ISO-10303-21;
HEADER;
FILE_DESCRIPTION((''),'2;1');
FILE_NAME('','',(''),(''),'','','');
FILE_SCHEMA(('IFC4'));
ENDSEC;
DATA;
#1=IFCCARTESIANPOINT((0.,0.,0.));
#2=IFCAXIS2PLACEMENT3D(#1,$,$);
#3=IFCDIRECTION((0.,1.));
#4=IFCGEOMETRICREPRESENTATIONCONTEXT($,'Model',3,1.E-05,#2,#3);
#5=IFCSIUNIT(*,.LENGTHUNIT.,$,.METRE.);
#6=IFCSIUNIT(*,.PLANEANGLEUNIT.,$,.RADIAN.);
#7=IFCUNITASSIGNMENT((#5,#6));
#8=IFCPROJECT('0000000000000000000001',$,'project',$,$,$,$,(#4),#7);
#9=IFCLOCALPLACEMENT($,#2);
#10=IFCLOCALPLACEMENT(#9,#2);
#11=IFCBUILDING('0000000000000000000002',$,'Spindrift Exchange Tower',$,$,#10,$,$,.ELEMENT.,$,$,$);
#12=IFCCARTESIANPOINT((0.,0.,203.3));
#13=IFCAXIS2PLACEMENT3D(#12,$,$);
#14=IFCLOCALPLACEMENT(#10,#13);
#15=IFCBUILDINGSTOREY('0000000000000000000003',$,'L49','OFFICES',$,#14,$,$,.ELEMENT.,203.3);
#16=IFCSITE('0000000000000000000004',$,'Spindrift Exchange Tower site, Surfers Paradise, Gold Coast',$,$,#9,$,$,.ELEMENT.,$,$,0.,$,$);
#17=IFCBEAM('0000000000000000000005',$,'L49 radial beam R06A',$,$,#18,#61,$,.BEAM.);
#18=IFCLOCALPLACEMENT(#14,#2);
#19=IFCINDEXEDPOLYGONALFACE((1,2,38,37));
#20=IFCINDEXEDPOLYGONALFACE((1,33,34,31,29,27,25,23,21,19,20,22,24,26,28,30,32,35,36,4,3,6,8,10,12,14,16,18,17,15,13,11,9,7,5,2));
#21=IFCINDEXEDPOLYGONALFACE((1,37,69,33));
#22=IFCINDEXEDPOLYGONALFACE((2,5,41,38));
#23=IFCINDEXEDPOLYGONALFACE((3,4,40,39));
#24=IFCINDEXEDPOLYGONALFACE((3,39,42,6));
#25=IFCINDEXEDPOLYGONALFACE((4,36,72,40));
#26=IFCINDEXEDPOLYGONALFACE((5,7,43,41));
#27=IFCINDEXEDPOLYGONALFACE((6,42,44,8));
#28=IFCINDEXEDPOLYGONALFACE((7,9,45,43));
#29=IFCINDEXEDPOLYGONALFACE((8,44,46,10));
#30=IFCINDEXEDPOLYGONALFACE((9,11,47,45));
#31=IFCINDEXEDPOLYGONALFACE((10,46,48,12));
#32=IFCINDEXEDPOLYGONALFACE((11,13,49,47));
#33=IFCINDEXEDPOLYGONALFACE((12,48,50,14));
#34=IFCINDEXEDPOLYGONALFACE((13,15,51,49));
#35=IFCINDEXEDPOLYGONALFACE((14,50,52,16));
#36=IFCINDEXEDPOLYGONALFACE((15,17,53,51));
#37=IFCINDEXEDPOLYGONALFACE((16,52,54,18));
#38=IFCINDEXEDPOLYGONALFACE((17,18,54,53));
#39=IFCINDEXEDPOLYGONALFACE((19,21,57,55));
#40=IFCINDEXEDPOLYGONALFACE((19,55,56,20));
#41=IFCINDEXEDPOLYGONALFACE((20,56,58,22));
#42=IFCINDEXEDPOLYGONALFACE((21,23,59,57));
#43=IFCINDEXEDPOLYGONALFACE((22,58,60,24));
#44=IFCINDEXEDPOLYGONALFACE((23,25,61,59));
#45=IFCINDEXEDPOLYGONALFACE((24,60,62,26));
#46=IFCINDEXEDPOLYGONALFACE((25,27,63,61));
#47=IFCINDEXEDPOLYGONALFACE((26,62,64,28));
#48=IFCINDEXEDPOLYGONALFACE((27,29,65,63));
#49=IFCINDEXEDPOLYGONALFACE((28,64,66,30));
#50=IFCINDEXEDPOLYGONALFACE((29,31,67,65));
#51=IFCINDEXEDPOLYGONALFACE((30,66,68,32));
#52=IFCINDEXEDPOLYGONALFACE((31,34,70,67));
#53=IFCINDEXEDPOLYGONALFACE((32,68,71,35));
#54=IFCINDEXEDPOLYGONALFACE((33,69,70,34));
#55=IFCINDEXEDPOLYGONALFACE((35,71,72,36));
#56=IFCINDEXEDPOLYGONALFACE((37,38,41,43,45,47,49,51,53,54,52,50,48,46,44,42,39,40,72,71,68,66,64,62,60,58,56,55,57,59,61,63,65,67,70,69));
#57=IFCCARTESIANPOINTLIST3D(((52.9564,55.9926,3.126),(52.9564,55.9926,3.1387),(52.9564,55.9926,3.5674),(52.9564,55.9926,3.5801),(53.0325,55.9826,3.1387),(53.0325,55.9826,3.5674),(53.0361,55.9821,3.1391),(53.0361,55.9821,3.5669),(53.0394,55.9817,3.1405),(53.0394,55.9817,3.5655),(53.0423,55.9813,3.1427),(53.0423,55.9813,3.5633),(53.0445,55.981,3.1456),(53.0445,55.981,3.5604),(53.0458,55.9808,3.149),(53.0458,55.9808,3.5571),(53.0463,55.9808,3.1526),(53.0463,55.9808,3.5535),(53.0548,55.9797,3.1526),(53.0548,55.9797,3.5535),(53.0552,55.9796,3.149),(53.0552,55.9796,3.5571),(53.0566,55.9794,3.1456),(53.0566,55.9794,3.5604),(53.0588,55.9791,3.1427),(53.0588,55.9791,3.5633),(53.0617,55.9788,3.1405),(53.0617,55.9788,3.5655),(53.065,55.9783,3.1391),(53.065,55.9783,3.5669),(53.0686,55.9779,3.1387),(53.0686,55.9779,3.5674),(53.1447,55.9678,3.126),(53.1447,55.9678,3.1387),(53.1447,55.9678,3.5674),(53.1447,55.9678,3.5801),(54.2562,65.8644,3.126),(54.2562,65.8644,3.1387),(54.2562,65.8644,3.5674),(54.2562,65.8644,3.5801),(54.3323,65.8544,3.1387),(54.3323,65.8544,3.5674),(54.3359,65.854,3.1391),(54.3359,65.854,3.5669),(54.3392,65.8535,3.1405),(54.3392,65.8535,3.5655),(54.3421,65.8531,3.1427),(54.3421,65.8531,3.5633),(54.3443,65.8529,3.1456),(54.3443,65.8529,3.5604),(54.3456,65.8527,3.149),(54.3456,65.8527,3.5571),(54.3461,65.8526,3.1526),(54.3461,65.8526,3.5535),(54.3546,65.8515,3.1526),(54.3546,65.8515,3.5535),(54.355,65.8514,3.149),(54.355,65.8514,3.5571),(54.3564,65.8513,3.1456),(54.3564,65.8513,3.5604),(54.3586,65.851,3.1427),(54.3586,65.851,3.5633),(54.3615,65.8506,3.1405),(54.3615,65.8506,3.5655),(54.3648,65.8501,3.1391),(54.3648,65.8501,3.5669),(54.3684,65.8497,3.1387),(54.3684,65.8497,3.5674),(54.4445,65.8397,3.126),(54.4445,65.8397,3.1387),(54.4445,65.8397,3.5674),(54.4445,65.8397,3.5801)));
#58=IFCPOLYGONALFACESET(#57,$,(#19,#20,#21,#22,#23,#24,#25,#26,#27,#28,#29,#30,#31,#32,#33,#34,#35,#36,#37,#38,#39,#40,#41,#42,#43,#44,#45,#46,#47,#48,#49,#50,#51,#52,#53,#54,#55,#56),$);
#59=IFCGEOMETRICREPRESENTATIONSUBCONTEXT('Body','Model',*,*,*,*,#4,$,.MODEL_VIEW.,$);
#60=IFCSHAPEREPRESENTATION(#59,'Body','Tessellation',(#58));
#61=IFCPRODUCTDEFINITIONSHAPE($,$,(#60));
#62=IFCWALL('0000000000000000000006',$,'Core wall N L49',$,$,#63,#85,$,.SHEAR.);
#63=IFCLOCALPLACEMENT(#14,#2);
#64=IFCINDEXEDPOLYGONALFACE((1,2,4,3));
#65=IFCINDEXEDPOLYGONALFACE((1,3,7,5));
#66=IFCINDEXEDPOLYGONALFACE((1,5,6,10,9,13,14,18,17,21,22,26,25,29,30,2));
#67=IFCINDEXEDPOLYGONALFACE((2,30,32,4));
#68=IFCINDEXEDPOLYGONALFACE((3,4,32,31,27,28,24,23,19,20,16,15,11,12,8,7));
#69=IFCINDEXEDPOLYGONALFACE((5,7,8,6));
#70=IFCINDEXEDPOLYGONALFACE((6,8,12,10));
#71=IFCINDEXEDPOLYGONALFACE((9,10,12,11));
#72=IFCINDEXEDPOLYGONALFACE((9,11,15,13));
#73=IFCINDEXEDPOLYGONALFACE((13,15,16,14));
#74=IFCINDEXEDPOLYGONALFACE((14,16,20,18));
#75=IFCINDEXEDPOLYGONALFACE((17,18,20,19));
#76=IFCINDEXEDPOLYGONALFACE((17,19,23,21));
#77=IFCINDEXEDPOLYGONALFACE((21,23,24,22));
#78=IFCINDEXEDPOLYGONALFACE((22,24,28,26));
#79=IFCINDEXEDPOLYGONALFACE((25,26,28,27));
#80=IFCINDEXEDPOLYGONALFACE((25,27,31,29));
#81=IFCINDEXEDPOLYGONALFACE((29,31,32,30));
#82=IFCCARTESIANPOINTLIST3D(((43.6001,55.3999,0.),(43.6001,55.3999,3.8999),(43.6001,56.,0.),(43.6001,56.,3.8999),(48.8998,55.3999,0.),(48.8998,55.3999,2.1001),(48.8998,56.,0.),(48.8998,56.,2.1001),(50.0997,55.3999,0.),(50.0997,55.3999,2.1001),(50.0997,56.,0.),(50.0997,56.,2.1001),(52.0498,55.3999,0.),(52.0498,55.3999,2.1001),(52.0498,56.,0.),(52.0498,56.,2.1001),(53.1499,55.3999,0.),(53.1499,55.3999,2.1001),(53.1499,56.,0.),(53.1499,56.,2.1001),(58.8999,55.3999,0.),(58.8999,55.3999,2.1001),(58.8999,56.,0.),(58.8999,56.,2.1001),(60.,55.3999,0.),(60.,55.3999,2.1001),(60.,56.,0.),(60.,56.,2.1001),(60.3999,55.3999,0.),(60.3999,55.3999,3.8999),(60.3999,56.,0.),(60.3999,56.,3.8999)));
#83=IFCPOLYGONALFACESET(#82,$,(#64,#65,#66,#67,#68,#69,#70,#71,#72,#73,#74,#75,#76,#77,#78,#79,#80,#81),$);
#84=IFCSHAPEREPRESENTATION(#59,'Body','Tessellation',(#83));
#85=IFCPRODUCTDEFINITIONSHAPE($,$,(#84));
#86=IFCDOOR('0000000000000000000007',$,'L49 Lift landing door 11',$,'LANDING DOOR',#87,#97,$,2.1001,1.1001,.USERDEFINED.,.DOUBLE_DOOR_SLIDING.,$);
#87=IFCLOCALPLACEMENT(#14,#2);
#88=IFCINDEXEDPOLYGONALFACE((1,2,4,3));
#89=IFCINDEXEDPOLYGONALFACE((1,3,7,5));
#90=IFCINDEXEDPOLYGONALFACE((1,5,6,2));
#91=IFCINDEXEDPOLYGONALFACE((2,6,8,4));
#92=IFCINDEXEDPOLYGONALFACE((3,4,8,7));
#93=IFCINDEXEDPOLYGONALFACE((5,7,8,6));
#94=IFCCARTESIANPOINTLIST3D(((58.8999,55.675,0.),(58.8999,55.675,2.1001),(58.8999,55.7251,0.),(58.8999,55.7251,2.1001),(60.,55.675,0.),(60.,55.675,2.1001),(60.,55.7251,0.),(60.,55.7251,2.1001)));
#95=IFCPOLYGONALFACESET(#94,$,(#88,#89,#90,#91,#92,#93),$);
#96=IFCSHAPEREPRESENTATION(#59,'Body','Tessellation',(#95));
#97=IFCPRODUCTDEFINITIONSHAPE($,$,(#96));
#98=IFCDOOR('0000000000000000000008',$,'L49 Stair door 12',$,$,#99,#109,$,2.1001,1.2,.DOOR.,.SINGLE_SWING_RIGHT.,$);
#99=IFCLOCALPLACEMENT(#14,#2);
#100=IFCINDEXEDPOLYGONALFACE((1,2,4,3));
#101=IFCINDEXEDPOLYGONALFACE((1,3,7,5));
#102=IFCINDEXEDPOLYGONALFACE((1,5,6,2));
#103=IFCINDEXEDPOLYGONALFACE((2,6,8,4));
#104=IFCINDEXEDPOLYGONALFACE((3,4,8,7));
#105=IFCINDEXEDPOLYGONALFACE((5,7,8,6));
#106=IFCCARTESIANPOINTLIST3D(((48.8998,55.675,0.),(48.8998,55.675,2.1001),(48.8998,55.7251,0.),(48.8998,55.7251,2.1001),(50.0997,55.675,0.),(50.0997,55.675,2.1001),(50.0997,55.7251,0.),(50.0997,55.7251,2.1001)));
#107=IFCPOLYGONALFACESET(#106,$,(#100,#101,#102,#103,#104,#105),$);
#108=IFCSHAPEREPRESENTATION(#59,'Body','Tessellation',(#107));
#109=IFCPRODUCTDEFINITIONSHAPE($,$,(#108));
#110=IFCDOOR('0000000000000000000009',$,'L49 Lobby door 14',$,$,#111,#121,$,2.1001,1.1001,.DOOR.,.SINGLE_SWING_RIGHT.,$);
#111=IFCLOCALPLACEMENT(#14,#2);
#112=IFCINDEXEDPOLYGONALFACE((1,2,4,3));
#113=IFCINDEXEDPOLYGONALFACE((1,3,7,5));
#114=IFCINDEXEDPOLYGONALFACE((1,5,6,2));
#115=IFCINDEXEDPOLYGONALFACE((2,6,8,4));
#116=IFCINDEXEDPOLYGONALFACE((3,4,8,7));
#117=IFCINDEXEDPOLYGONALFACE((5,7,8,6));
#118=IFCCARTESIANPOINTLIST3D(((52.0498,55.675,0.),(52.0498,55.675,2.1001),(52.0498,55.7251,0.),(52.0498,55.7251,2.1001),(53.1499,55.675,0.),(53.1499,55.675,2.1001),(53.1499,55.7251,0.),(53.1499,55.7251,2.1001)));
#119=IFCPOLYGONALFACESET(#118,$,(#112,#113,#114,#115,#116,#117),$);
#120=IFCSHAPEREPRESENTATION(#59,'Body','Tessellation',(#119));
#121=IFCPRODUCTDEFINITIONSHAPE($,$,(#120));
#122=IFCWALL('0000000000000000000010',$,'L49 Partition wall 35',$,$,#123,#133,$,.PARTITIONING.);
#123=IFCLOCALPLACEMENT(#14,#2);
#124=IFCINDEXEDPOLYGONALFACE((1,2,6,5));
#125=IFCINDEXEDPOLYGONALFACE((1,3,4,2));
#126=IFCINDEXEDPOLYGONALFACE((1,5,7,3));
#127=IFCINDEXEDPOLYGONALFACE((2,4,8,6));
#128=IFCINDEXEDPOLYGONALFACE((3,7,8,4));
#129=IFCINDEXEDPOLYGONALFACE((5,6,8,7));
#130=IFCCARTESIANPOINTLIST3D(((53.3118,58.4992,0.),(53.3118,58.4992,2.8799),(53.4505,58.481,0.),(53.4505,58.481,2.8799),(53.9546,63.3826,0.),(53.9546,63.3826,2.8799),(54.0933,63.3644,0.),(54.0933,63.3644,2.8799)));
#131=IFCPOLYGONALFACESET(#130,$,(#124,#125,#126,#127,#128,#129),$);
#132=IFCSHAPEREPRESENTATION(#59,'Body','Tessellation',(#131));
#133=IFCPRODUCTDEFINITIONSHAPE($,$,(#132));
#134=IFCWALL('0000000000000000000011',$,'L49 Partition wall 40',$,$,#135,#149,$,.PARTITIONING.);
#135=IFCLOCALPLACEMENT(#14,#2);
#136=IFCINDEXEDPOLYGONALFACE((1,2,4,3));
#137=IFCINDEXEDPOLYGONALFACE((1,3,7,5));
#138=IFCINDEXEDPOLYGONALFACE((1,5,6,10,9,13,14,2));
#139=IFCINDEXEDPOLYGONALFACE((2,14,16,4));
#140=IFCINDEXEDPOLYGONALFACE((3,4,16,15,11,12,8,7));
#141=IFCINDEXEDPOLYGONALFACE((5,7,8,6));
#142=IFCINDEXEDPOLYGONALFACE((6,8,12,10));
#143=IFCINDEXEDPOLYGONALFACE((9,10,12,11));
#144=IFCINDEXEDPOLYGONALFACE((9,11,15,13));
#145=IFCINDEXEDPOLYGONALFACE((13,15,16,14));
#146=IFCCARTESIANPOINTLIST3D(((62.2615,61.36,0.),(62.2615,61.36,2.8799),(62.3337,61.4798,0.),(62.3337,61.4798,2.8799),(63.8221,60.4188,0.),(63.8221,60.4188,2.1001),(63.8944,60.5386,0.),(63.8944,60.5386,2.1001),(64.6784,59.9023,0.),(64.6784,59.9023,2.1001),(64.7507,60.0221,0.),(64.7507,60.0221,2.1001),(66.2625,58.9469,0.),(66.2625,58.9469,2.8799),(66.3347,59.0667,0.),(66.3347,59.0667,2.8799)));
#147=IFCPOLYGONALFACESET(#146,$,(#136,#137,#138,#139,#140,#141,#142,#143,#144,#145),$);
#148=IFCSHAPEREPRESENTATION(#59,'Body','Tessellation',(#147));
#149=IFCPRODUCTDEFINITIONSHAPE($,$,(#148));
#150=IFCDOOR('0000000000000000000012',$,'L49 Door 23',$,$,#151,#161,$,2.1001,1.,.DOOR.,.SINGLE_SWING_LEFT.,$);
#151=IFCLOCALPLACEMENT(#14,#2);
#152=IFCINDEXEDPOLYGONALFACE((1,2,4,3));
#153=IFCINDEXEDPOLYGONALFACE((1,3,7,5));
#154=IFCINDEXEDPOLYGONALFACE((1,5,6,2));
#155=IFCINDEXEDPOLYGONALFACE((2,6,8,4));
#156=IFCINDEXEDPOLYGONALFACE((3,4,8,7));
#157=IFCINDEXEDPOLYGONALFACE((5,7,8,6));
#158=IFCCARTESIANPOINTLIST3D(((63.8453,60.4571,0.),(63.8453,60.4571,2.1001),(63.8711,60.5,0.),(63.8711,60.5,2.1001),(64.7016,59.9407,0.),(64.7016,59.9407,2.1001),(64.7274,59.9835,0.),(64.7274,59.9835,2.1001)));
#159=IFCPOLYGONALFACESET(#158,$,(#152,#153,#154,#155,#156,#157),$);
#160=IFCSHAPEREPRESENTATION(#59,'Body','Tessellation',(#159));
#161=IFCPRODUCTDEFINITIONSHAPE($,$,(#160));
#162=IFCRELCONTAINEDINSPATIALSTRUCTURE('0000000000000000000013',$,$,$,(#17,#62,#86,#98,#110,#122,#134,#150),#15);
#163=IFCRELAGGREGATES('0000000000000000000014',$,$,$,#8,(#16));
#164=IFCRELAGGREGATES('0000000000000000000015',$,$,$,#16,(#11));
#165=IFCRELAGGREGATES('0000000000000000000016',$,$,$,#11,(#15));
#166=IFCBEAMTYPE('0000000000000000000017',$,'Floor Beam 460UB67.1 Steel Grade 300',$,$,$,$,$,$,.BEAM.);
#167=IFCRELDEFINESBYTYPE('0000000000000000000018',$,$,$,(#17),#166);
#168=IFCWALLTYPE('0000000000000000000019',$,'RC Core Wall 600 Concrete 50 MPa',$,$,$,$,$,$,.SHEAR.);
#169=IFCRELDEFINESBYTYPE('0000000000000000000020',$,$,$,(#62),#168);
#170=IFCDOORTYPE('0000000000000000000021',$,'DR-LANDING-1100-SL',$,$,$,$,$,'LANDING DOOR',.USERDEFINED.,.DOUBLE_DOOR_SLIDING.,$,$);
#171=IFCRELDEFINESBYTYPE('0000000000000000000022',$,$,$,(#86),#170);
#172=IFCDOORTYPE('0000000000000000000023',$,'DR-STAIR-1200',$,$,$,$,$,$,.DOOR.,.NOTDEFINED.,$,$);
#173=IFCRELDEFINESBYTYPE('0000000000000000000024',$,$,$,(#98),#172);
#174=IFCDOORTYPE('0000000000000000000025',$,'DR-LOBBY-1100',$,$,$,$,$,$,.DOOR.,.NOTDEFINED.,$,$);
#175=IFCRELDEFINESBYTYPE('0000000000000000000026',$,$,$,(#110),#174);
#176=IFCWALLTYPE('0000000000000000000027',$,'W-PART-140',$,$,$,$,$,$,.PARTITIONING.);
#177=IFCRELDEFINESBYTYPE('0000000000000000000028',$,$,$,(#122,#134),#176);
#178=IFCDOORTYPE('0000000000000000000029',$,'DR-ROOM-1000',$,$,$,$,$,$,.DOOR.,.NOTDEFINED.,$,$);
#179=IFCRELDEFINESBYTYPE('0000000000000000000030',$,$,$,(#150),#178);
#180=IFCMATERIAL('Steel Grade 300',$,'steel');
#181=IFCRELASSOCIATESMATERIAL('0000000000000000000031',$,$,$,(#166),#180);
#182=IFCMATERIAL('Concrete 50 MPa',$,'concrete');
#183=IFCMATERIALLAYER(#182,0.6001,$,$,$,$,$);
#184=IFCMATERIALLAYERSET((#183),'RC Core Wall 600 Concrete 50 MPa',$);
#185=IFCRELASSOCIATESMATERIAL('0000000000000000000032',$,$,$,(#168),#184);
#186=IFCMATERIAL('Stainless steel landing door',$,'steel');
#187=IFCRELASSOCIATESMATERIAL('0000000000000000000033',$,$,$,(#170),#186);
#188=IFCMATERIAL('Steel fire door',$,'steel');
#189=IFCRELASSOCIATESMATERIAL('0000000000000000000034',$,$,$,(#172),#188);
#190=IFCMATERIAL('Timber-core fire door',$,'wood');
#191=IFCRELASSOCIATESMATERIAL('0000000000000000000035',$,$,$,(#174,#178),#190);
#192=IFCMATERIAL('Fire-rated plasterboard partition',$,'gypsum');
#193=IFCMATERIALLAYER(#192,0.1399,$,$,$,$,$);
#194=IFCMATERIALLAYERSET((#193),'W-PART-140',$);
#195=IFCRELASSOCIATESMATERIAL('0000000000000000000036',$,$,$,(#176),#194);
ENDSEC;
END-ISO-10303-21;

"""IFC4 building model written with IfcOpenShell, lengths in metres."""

from ifc_helpers import new_model, si_unit, direction, frame, frame_2d, origin, origin_2d, place, context, subcontext, project, spatial, rectangle, i_section, extrude, source, transform, mapped, material, layer, layer_set, material_profile, profile_set, type_object, element, fill, save


model = new_model("IFC4")

# Units and contexts
model_context = context("Model", 3, precision=1e-05, world=origin(), true_north=direction((0.0, 1.0)))
body_context = subcontext(model_context, "Body", "Model", "MODEL_VIEW")
ifc_project = project(units=[si_unit("LENGTHUNIT", "METRE"), si_unit("PLANEANGLEUNIT", "RADIAN")], contexts=[model_context])

# Site, building, storey
site_placement = place(None, origin())
site = spatial("IfcSite", under=ifc_project, at=site_placement, Name="Spindrift Exchange Tower site, Surfers Paradise, Gold Coast", CompositionType="ELEMENT", RefElevation=0.0)
building_placement = place(site_placement, origin())
building = spatial("IfcBuilding", under=site, at=building_placement, Name="Spindrift Exchange Tower", CompositionType="ELEMENT")
storey_placement = place(building_placement, frame((0.0, 0.0, 203.3)))
storey = spatial("IfcBuildingStorey", under=building, at=storey_placement, Name="L49", Description="OFFICES", CompositionType="ELEMENT", Elevation=203.3)

# Beam
ifc_material_1 = material(Name="Steel Grade 300", Category="steel")
ifc_material_profile_1 = material_profile(ifc_material_1, i_section(OverallWidth=0.1899, OverallDepth=0.4541, WebThickness=0.0085, FlangeThickness=0.0127, FilletRadius=0.0139, at=origin_2d()), Name="460UB67.1")
ifc_profile_set_1 = profile_set([ifc_material_profile_1], Name="Steel Grade 300")
beam_type_1 = type_object("IfcBeamType", Name="Floor Beam 460UB67.1 Steel Grade 300", PredefinedType="BEAM", material=ifc_profile_set_1)
shared_shape_1 = source(origin(), body_context, "Body", "SweptSolid", [
    extrude(i_section(OverallWidth=0.1899, OverallDepth=0.4541, WebThickness=0.0085, FlangeThickness=0.0127, FilletRadius=0.0139, at=origin_2d()), origin(), (0.0, 0.0, 1.0), 9.957),
])
beam_1_placement = place(storey_placement, frame((53.0505, 55.9802, 3.353), z_axis=(0.130541, 0.991443, 0.0), x_axis=(-0.991443, 0.130541, 0.0)))
element("IfcBeam", 1, at=beam_1_placement, inside=storey, type_object=beam_type_1, Name="L49 radial beam R06A", PredefinedType="BEAM", context=body_context, shape_type="MappedRepresentation", body=[
    mapped(shared_shape_1, transform((0.0, 0.0, 0.0), scale=1.0)),
])

# Wall, openings, doors
ifc_material_2 = material(Name="Concrete 50 MPa", Category="concrete")
ifc_layer_1 = layer(ifc_material_2, 0.6001)
ifc_layer_set_1 = layer_set([ifc_layer_1], Name="RC Core Wall 600 Concrete 50 MPa")
wall_type_1 = type_object("IfcWallType", Name="RC Core Wall 600 Concrete 50 MPa", PredefinedType="SHEAR", material=ifc_layer_set_1)
wall_1_placement = place(storey_placement, frame((60.3999, 55.7, 0.0), z_axis=(0.0, 0.0, 1.0), x_axis=(-1.0, 0.0, 0.0)))
wall_1 = element("IfcWall", 2, at=wall_1_placement, inside=storey, type_object=wall_type_1, Name="Core wall N L49", PredefinedType="SHEAR", context=body_context, shape_type="SweptSolid", body=[
    extrude(rectangle(XDim=16.7998, YDim=0.6001, at=frame_2d((8.3999, 0.0))), origin(), (0.0, 0.0, 1.0), 3.8999),
])
opening_1_placement = place(wall_1_placement, frame((0.3999, 0.0, 0.0)))
opening_1 = element("IfcOpeningElement", 3, at=opening_1_placement, cuts=wall_1, PredefinedType="OPENING", context=body_context, shape_type="SweptSolid", body=[
    extrude(rectangle(XDim=1.1001, YDim=2.1001, at=frame_2d((0.55, 1.05))), frame((0.0, 0.3101, 0.0), z_axis=(0.0, -1.0, 0.0), x_axis=(1.0, 0.0, 0.0)), (0.0, 0.0, 1.0), 0.6201),
])
opening_2_placement = place(wall_1_placement, frame((10.3, 0.0, 0.0)))
opening_2 = element("IfcOpeningElement", 4, at=opening_2_placement, cuts=wall_1, PredefinedType="OPENING", context=body_context, shape_type="SweptSolid", body=[
    extrude(rectangle(XDim=1.2, YDim=2.1001, at=frame_2d((0.6001, 1.05))), frame((0.0, 0.3101, 0.0), z_axis=(0.0, -1.0, 0.0), x_axis=(1.0, 0.0, 0.0)), (0.0, 0.0, 1.0), 0.6201),
])
opening_3_placement = place(wall_1_placement, frame((7.25, 0.0, 0.0)))
opening_3 = element("IfcOpeningElement", 5, at=opening_3_placement, cuts=wall_1, PredefinedType="OPENING", context=body_context, shape_type="SweptSolid", body=[
    extrude(rectangle(XDim=1.1001, YDim=2.1001, at=frame_2d((0.55, 1.05))), frame((0.0, 0.3101, 0.0), z_axis=(0.0, -1.0, 0.0), x_axis=(1.0, 0.0, 0.0)), (0.0, 0.0, 1.0), 0.6201),
])
ifc_material_3 = material(Name="Stainless steel landing door", Category="steel")
door_type_1 = type_object("IfcDoorType", Name="DR-LANDING-1100-SL", ElementType="LANDING DOOR", OperationType="DOUBLE_DOOR_SLIDING", PredefinedType="USERDEFINED", material=ifc_material_3)
shared_shape_2 = source(origin(), body_context, "Body", "SweptSolid", [
    extrude(rectangle(XDim=1.1001, YDim=2.1001, at=frame_2d((0.55, 1.05))), frame((0.0, 0.0249, 0.0), z_axis=(0.0, -1.0, 0.0), x_axis=(1.0, 0.0, 0.0)), (0.0, 0.0, 1.0), 0.05),
])
door_1_placement = place(opening_1_placement, origin())
door_1 = element("IfcDoor", 6, at=door_1_placement, inside=storey, type_object=door_type_1, Name="L49 Lift landing door 11", ObjectType="LANDING DOOR", OperationType="DOUBLE_DOOR_SLIDING", OverallHeight=2.1001, OverallWidth=1.1001, PredefinedType="USERDEFINED", context=body_context, shape_type="MappedRepresentation", body=[
    mapped(shared_shape_2, transform((0.0, 0.0, 0.0), scale=1.0)),
])
fill(opening_1, door_1)
ifc_material_4 = material(Name="Steel fire door", Category="steel")
door_type_2 = type_object("IfcDoorType", Name="DR-STAIR-1200", OperationType="NOTDEFINED", PredefinedType="DOOR", material=ifc_material_4)
shared_shape_3 = source(origin(), body_context, "Body", "SweptSolid", [
    extrude(rectangle(XDim=1.2, YDim=2.1001, at=frame_2d((0.6001, 1.05))), frame((0.0, 0.0249, 0.0), z_axis=(0.0, -1.0, 0.0), x_axis=(1.0, 0.0, 0.0)), (0.0, 0.0, 1.0), 0.05),
])
door_2_placement = place(opening_2_placement, origin())
door_2 = element("IfcDoor", 7, at=door_2_placement, inside=storey, type_object=door_type_2, Name="L49 Stair door 12", OperationType="SINGLE_SWING_RIGHT", OverallHeight=2.1001, OverallWidth=1.2, PredefinedType="DOOR", context=body_context, shape_type="MappedRepresentation", body=[
    mapped(shared_shape_3, transform((0.0, 0.0, 0.0), scale=1.0)),
])
fill(opening_2, door_2)
ifc_material_5 = material(Name="Timber-core fire door", Category="wood")
door_type_3 = type_object("IfcDoorType", Name="DR-LOBBY-1100", OperationType="NOTDEFINED", PredefinedType="DOOR", material=ifc_material_5)
shared_shape_4 = source(origin(), body_context, "Body", "SweptSolid", [
    extrude(rectangle(XDim=1.1001, YDim=2.1001, at=frame_2d((0.55, 1.05))), frame((0.0, 0.0249, 0.0), z_axis=(0.0, -1.0, 0.0), x_axis=(1.0, 0.0, 0.0)), (0.0, 0.0, 1.0), 0.05),
])
door_3_placement = place(opening_3_placement, origin())
door_3 = element("IfcDoor", 8, at=door_3_placement, inside=storey, type_object=door_type_3, Name="L49 Lobby door 14", OperationType="SINGLE_SWING_RIGHT", OverallHeight=2.1001, OverallWidth=1.1001, PredefinedType="DOOR", context=body_context, shape_type="MappedRepresentation", body=[
    mapped(shared_shape_4, transform((0.0, 0.0, 0.0), scale=1.0)),
])
fill(opening_3, door_3)

# Wall
ifc_material_6 = material(Name="Fire-rated plasterboard partition", Category="gypsum")
ifc_layer_2 = layer(ifc_material_6, 0.1399)
ifc_layer_set_2 = layer_set([ifc_layer_2], Name="W-PART-140")
wall_type_2 = type_object("IfcWallType", Name="W-PART-140", PredefinedType="PARTITIONING", material=ifc_layer_set_2)
wall_2_placement = place(storey_placement, frame((53.3811, 58.49, 0.0), z_axis=(0.0, 0.0, 1.0), x_axis=(0.130511, 0.991447, 0.0)))
element("IfcWall", 9, at=wall_2_placement, inside=storey, type_object=wall_type_2, Name="L49 Partition wall 35", PredefinedType="PARTITIONING", context=body_context, shape_type="SweptSolid", body=[
    extrude(rectangle(XDim=4.9255, YDim=0.1399, at=frame_2d((2.4629, 0.0))), origin(), (0.0, 0.0, 1.0), 2.8799),
])

# Wall, opening, door
wall_3_placement = place(storey_placement, frame((62.2976, 61.4199, 0.0), z_axis=(0.0, 0.0, 1.0), x_axis=(0.85631, -0.516462, 0.0)))
wall_3 = element("IfcWall", 10, at=wall_3_placement, inside=storey, type_object=wall_type_2, Name="L49 Partition wall 40", PredefinedType="PARTITIONING", context=body_context, shape_type="SweptSolid", body=[
    extrude(rectangle(XDim=4.6724, YDim=0.1399, at=frame_2d((2.3362, 0.0))), origin(), (0.0, 0.0, 1.0), 2.8799),
])
opening_4_placement = place(wall_3_placement, frame((1.8225, 0.0, 0.0)))
opening_4 = element("IfcOpeningElement", 11, at=opening_4_placement, cuts=wall_3, PredefinedType="OPENING", context=body_context, shape_type="SweptSolid", body=[
    extrude(rectangle(XDim=1.0, YDim=2.1001, at=frame_2d((0.5, 1.05))), frame((0.0, 0.0798, 0.0), z_axis=(0.0, -1.0, 0.0), x_axis=(1.0, 0.0, 0.0)), (0.0, 0.0, 1.0), 0.1599),
])
door_type_4 = type_object("IfcDoorType", Name="DR-ROOM-1000", OperationType="NOTDEFINED", PredefinedType="DOOR", material=ifc_material_5)
shared_shape_5 = source(origin(), body_context, "Body", "SweptSolid", [
    extrude(rectangle(XDim=1.0, YDim=2.1001, at=frame_2d((0.5, 1.05))), frame((0.0, 0.0249, 0.0), z_axis=(0.0, -1.0, 0.0), x_axis=(1.0, 0.0, 0.0)), (0.0, 0.0, 1.0), 0.05),
])
door_4_placement = place(opening_4_placement, origin())
door_4 = element("IfcDoor", 12, at=door_4_placement, inside=storey, type_object=door_type_4, Name="L49 Door 23", OperationType="SINGLE_SWING_LEFT", OverallHeight=2.1001, OverallWidth=1.0, PredefinedType="DOOR", context=body_context, shape_type="MappedRepresentation", body=[
    mapped(shared_shape_5, transform((0.0, 0.0, 0.0), scale=1.0)),
])
fill(opening_4, door_4)

save(model, "model.ifc")
